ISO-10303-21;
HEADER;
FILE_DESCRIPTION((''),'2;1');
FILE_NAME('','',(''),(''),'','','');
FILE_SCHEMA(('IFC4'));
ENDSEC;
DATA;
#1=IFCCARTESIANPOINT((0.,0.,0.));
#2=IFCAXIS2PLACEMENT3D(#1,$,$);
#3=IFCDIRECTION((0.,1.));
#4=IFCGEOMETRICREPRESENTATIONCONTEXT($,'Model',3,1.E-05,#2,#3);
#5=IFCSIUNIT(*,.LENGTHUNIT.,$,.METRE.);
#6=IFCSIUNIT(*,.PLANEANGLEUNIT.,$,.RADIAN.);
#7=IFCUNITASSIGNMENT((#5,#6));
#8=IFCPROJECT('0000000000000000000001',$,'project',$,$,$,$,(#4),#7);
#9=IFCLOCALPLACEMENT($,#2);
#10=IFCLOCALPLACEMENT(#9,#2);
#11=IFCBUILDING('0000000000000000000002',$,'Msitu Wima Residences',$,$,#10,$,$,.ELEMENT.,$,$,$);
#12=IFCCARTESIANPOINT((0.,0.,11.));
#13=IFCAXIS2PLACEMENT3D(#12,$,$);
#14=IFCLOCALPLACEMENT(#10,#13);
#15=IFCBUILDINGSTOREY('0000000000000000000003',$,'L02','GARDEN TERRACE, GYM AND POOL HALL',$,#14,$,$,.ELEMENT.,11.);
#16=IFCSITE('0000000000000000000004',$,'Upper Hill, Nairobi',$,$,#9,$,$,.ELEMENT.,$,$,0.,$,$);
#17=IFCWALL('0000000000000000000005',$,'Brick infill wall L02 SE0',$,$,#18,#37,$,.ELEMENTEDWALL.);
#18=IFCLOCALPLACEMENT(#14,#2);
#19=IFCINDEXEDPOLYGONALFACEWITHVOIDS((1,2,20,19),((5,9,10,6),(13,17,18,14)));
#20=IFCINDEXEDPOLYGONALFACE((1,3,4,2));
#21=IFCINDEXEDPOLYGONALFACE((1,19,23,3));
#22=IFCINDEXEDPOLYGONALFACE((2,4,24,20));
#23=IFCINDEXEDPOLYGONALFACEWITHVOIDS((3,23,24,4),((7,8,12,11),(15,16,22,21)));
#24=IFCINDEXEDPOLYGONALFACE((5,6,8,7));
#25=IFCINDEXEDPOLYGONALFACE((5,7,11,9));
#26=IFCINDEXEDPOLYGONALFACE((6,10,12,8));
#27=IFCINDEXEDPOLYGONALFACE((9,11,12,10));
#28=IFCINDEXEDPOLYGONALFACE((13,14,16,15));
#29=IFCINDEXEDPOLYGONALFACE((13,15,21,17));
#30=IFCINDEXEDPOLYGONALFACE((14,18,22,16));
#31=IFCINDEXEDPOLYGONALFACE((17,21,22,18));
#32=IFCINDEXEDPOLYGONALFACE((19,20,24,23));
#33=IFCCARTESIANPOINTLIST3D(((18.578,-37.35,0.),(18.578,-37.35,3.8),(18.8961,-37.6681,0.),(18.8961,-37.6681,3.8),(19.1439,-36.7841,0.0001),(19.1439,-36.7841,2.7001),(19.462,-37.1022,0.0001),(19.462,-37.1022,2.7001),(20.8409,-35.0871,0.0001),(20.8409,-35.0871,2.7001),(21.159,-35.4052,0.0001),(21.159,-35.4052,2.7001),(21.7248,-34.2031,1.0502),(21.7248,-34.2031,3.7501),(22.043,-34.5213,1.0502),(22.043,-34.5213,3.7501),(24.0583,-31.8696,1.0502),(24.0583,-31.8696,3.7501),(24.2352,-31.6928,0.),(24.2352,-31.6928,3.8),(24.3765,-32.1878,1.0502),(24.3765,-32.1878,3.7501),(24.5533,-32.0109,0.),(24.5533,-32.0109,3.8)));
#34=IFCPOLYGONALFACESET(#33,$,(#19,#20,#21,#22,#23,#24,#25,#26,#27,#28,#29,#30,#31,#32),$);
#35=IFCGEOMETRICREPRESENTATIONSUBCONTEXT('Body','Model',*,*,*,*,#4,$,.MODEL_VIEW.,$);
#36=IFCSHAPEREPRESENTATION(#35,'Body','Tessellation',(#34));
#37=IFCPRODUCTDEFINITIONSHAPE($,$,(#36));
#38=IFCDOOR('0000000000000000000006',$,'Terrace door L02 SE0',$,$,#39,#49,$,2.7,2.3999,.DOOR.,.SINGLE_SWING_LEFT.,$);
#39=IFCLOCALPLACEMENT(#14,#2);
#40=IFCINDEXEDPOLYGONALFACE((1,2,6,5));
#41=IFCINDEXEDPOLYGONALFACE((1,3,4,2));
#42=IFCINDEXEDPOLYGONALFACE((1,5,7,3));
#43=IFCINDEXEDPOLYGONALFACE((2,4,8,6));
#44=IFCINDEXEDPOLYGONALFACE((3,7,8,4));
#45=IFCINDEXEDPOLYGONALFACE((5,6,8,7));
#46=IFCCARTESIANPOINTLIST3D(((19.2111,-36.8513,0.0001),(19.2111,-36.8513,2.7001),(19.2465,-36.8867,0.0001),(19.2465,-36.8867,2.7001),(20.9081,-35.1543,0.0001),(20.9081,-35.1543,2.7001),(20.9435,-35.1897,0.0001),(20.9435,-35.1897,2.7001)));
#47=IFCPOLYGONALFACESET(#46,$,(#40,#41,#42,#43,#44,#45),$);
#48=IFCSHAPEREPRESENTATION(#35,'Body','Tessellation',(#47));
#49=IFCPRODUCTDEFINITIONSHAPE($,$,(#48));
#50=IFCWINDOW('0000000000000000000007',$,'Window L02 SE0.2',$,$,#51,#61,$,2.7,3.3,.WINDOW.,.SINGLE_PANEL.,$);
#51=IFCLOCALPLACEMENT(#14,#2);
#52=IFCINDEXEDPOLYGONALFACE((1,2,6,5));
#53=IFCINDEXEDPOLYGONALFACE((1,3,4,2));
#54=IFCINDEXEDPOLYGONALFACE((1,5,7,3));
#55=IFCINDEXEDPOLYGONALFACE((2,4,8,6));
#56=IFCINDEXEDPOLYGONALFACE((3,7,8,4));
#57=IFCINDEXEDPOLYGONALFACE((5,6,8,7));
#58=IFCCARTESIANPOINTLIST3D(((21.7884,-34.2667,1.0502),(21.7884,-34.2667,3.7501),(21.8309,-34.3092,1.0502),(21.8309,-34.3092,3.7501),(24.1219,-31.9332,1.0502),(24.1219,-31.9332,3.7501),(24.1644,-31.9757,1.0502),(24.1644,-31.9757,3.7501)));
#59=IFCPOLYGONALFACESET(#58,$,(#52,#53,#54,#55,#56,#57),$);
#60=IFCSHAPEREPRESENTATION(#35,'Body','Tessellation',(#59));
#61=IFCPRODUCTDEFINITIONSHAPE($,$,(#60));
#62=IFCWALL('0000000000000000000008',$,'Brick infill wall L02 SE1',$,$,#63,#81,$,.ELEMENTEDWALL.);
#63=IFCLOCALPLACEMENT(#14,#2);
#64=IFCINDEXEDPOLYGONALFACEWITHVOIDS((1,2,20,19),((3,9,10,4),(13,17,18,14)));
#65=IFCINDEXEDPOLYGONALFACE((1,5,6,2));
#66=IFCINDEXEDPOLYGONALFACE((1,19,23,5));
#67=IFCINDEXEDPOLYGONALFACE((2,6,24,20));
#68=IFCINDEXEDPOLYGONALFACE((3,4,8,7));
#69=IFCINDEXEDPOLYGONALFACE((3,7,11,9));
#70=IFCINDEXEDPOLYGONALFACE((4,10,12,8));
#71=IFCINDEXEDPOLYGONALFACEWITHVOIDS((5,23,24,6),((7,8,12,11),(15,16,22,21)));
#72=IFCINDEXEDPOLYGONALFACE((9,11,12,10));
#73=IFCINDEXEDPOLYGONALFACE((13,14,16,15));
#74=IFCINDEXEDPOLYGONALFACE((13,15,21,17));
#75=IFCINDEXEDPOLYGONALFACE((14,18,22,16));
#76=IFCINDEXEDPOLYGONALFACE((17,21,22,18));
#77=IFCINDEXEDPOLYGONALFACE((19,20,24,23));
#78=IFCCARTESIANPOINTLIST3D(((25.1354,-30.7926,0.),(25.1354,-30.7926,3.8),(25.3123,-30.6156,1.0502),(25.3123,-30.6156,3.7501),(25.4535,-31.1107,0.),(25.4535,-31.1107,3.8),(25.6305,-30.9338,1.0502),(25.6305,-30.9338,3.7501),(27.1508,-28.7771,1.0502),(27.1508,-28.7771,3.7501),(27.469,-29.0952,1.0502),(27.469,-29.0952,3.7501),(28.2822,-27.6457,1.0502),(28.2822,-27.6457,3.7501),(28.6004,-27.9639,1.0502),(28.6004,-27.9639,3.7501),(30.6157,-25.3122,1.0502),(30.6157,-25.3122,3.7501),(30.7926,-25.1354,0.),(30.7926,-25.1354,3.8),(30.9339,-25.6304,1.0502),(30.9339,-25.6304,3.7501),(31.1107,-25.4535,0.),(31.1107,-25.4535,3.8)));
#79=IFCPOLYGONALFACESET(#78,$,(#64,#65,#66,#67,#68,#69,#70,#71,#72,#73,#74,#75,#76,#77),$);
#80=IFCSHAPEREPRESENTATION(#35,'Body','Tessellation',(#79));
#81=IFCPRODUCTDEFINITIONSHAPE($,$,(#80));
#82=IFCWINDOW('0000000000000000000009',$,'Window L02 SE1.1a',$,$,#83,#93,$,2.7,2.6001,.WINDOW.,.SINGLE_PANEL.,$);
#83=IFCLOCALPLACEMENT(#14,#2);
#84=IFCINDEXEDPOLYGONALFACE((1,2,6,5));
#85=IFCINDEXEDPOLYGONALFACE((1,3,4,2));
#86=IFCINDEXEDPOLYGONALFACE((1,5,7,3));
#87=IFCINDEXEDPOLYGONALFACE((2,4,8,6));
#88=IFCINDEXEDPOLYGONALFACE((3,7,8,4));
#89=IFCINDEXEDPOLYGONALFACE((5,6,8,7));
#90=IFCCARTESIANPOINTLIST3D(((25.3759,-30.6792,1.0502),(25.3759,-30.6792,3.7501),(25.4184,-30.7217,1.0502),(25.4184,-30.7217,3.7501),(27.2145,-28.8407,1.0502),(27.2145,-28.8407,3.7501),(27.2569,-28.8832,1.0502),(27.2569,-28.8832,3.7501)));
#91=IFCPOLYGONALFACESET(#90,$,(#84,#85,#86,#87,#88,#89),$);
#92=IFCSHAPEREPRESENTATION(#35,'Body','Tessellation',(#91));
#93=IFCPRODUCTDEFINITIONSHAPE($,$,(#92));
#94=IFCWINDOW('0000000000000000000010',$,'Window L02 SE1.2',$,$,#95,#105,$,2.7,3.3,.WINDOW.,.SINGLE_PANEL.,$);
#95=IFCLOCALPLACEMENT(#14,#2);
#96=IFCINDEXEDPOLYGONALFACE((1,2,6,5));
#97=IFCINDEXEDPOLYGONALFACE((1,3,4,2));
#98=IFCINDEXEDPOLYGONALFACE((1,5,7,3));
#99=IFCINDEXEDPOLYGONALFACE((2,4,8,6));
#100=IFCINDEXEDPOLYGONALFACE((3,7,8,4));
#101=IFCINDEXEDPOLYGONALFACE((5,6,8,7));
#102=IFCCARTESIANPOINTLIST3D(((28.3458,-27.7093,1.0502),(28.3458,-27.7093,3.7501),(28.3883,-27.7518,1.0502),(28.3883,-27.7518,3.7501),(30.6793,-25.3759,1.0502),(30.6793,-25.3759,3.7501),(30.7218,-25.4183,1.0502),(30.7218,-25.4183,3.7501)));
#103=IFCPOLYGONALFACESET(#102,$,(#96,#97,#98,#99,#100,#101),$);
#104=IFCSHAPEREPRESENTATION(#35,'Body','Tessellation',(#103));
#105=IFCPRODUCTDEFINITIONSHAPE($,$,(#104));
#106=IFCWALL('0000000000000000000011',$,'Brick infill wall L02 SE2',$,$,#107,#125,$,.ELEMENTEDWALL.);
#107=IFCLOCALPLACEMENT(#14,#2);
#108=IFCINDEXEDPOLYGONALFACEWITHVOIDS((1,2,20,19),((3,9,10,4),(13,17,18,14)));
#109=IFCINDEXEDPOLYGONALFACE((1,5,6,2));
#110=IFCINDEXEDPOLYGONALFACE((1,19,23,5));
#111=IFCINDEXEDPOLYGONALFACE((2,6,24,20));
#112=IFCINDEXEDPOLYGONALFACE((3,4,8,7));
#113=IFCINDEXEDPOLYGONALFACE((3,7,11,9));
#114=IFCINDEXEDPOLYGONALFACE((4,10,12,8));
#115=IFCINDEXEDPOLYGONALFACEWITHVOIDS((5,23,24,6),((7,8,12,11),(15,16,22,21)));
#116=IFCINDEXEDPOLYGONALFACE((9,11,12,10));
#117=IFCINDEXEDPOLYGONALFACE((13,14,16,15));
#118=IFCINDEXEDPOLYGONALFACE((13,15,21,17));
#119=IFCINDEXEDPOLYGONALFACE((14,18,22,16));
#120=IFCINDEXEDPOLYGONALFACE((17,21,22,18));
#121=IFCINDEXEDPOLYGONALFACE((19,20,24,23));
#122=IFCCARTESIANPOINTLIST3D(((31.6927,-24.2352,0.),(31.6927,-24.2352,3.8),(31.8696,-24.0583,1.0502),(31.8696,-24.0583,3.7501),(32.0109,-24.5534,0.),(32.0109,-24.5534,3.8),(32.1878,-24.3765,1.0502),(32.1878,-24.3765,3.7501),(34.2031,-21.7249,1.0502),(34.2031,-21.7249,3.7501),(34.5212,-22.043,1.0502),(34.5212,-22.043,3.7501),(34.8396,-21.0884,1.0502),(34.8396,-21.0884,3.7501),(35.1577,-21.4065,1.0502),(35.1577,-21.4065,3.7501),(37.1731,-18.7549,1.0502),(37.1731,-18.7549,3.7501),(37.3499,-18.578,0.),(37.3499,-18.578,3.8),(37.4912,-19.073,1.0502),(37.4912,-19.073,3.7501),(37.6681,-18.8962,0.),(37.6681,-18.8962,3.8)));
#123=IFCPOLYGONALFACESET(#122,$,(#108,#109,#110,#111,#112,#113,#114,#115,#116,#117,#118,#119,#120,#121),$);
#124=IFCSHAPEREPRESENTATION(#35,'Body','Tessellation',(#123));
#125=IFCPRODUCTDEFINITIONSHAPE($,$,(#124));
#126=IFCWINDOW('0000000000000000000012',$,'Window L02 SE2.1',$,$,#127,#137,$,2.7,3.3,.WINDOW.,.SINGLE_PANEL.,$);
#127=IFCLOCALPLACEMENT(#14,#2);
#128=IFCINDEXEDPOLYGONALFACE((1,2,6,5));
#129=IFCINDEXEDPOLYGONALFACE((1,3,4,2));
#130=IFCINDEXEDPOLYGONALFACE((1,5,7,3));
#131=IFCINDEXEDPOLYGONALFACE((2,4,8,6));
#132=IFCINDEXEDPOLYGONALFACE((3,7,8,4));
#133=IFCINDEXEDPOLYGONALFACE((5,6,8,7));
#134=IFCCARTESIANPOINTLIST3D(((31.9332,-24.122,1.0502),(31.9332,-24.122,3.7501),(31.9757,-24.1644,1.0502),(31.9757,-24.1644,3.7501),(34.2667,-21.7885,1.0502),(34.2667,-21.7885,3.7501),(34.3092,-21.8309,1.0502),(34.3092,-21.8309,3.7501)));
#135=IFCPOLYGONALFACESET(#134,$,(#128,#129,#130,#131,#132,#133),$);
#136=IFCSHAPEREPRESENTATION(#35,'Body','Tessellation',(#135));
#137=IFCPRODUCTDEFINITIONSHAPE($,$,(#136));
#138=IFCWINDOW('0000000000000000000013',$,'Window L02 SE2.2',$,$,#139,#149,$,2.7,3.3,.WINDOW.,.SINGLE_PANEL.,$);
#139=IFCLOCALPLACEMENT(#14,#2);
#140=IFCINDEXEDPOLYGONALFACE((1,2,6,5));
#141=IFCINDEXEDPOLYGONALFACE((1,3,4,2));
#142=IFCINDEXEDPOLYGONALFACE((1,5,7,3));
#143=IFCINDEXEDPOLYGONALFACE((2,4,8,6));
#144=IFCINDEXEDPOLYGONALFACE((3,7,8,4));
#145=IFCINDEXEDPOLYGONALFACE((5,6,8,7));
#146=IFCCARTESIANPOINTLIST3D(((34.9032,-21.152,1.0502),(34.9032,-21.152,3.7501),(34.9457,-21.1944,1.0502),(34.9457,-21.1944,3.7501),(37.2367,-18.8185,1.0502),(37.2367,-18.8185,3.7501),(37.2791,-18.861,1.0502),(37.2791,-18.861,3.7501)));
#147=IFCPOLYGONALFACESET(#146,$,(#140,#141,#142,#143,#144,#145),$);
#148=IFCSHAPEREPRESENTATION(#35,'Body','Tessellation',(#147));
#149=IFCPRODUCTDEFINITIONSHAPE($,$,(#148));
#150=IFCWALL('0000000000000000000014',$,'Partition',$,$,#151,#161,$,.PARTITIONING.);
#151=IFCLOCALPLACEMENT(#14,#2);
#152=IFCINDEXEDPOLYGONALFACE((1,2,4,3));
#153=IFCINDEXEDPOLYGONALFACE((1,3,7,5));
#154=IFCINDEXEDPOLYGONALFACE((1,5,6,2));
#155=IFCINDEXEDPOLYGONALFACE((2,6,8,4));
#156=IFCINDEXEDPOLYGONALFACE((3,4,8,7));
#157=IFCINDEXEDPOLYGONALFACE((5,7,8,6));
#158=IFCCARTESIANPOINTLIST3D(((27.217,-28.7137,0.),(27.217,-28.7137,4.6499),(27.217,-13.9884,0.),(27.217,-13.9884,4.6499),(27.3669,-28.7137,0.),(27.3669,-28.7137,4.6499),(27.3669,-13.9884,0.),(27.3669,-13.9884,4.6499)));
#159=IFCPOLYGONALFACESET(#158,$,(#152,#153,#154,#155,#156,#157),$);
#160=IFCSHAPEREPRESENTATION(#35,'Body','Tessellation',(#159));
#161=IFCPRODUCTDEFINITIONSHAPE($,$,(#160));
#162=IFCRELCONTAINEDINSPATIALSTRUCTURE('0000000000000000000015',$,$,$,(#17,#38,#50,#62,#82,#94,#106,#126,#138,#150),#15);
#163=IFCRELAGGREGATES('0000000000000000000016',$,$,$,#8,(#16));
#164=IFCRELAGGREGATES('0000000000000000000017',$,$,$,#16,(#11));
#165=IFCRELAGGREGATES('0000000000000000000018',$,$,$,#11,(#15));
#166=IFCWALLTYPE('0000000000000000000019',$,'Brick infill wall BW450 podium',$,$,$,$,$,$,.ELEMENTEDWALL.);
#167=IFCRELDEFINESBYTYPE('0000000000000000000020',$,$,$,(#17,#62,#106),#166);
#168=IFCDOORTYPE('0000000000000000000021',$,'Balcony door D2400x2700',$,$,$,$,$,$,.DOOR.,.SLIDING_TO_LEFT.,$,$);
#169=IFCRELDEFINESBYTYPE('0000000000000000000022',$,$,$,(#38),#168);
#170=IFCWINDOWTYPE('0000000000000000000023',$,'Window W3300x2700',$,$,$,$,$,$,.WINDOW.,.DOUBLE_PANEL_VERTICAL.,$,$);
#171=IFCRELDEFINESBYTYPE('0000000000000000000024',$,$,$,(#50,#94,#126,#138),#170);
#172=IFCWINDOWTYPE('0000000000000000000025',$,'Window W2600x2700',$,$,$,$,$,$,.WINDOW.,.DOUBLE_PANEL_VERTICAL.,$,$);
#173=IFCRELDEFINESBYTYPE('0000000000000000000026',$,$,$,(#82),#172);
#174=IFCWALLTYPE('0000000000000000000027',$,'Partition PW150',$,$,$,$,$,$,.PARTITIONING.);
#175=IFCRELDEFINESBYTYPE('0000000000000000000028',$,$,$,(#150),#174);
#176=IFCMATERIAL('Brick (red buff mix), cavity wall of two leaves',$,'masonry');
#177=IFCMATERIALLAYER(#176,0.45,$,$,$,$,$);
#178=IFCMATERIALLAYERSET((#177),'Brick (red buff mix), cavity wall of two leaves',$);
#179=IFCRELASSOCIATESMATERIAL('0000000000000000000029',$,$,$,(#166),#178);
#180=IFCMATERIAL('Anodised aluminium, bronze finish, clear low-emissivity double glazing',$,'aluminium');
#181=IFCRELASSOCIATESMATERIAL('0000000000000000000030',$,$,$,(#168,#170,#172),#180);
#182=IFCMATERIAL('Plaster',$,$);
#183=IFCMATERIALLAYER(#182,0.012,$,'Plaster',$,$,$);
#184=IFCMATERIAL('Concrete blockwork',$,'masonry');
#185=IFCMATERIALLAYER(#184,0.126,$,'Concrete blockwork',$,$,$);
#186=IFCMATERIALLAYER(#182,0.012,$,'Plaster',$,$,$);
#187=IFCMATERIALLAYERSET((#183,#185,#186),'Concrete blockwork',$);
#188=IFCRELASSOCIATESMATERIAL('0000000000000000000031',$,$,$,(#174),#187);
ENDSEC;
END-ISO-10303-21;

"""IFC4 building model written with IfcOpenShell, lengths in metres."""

from ifc_helpers import new_model, si_unit, direction, frame, frame_2d, origin, place, context, subcontext, project, spatial, rectangle, extrude, material, layer, layer_set, type_object, element, fill, save


model = new_model("IFC4")

# Units and contexts
model_context = context("Model", 3, precision=1e-05, world=origin(), true_north=direction((0.0, 1.0)))
body_context = subcontext(model_context, "Body", "Model", "MODEL_VIEW")
ifc_project = project(units=[si_unit("LENGTHUNIT", "METRE"), si_unit("PLANEANGLEUNIT", "RADIAN")], contexts=[model_context])

# Site, building, storey
site_placement = place(None, origin())
site = spatial("IfcSite", under=ifc_project, at=site_placement, Name="Upper Hill, Nairobi", CompositionType="ELEMENT", RefElevation=0.0)
building_placement = place(site_placement, origin())
building = spatial("IfcBuilding", under=site, at=building_placement, Name="Msitu Wima Residences", CompositionType="ELEMENT")
storey_placement = place(building_placement, frame((0.0, 0.0, 11.0)))
storey = spatial("IfcBuildingStorey", under=building, at=storey_placement, Name="L02", Description="GARDEN TERRACE, GYM AND POOL HALL", CompositionType="ELEMENT", Elevation=11.0)

# Shared definitions
ifc_material_1 = material(Name="Anodised aluminium, bronze finish, clear low-emissivity double glazing", Category="aluminium")

# Wall, openings, door, window
ifc_material_2 = material(Name="Brick (red buff mix), cavity wall of two leaves", Category="masonry")
ifc_layer_1 = layer(ifc_material_2, 0.45)
ifc_layer_set_1 = layer_set([ifc_layer_1], Name="Brick (red buff mix), cavity wall of two leaves")
wall_type_1 = type_object("IfcWallType", Name="Brick infill wall BW450 podium", PredefinedType="ELEMENTEDWALL", material=ifc_layer_set_1)
wall_1_placement = place(storey_placement, frame((18.7371, -37.509, 0.0), z_axis=(0.0, 0.0, 1.0), x_axis=(0.707107, 0.707107, 0.0)))
wall_1 = element("IfcWall", 1, at=wall_1_placement, inside=storey, type_object=wall_type_1, Name="Brick infill wall L02 SE0", PredefinedType="ELEMENTEDWALL", context=body_context, shape_type="SweptSolid", body=[
    extrude(rectangle(XDim=8.0005, YDim=0.45, at=frame_2d((4.0002, 0.0))), origin(), (0.0, 0.0, 1.0), 3.8),
])
opening_1_placement = place(wall_1_placement, frame((0.8003, 0.0, 0.0)))
opening_1 = element("IfcOpeningElement", 2, at=opening_1_placement, cuts=wall_1, PredefinedType="OPENING", context=body_context, shape_type="SweptSolid", body=[
    extrude(rectangle(XDim=2.3999, YDim=2.7, at=frame_2d((1.2, 1.3501))), frame((0.0, 0.2349, 0.0), z_axis=(0.0, -1.0, 0.0), x_axis=(1.0, 0.0, 0.0)), (0.0, 0.0, 1.0), 0.47),
])
opening_2_placement = place(wall_1_placement, frame((4.4504, 0.0, 1.05)))
opening_2 = element("IfcOpeningElement", 3, at=opening_2_placement, cuts=wall_1, PredefinedType="OPENING", context=body_context, shape_type="SweptSolid", body=[
    extrude(rectangle(XDim=3.3, YDim=2.7, at=frame_2d((1.6499, 1.3501))), frame((0.0, 0.2349, 0.0), z_axis=(0.0, -1.0, 0.0), x_axis=(1.0, 0.0, 0.0)), (0.0, 0.0, 1.0), 0.47),
])
door_type = type_object("IfcDoorType", Name="Balcony door D2400x2700", OperationType="SLIDING_TO_LEFT", PredefinedType="DOOR", material=ifc_material_1)
door_placement = place(opening_1_placement, origin())
door = element("IfcDoor", 4, at=door_placement, inside=storey, type_object=door_type, Name="Terrace door L02 SE0", OperationType="SINGLE_SWING_LEFT", OverallHeight=2.7, OverallWidth=2.3999, PredefinedType="DOOR", context=body_context, shape_type="SweptSolid", body=[
    extrude(rectangle(XDim=2.3999, YDim=2.7, at=frame_2d((1.2, 1.3501))), frame((0.0, 0.1299, 0.0), z_axis=(0.0, -1.0, 0.0), x_axis=(1.0, 0.0, 0.0)), (0.0, 0.0, 1.0), 0.05),
])
fill(opening_1, door)
window_type_1 = type_object("IfcWindowType", Name="Window W3300x2700", PartitioningType="DOUBLE_PANEL_VERTICAL", PredefinedType="WINDOW", material=ifc_material_1)
window_1_placement = place(opening_2_placement, origin())
window_1 = element("IfcWindow", 5, at=window_1_placement, inside=storey, type_object=window_type_1, Name="Window L02 SE0.2", OverallHeight=2.7, OverallWidth=3.3, PartitioningType="SINGLE_PANEL", PredefinedType="WINDOW", context=body_context, shape_type="SweptSolid", body=[
    extrude(rectangle(XDim=3.3, YDim=2.7, at=frame_2d((1.6499, 1.3501))), frame((0.0, 0.135, 0.0), z_axis=(0.0, -1.0, 0.0), x_axis=(1.0, 0.0, 0.0)), (0.0, 0.0, 1.0), 0.0601),
])
fill(opening_2, window_1)

# Walls, openings, windows
wall_2_placement = place(storey_placement, frame((25.2944, -30.9517, 0.0), z_axis=(0.0, 0.0, 1.0), x_axis=(0.707107, 0.707107, 0.0)))
wall_2 = element("IfcWall", 6, at=wall_2_placement, inside=storey, type_object=wall_type_1, Name="Brick infill wall L02 SE1", PredefinedType="ELEMENTEDWALL", context=body_context, shape_type="SweptSolid", body=[
    extrude(rectangle(XDim=8.0005, YDim=0.45, at=frame_2d((4.0002, 0.0))), origin(), (0.0, 0.0, 1.0), 3.8),
])
opening_3_placement = place(wall_2_placement, frame((0.2502, 0.0, 1.05)))
opening_3 = element("IfcOpeningElement", 7, at=opening_3_placement, cuts=wall_2, PredefinedType="OPENING", context=body_context, shape_type="SweptSolid", body=[
    extrude(rectangle(XDim=2.6001, YDim=2.7, at=frame_2d((1.3, 1.3501))), frame((0.0, 0.2349, 0.0), z_axis=(0.0, -1.0, 0.0), x_axis=(1.0, 0.0, 0.0)), (0.0, 0.0, 1.0), 0.47),
])
opening_4_placement = place(wall_2_placement, frame((4.4504, 0.0, 1.05)))
opening_4 = element("IfcOpeningElement", 8, at=opening_4_placement, cuts=wall_2, PredefinedType="OPENING", context=body_context, shape_type="SweptSolid", body=[
    extrude(rectangle(XDim=3.3, YDim=2.7, at=frame_2d((1.6499, 1.3501))), frame((0.0, 0.2349, 0.0), z_axis=(0.0, -1.0, 0.0), x_axis=(1.0, 0.0, 0.0)), (0.0, 0.0, 1.0), 0.47),
])
window_type_2 = type_object("IfcWindowType", Name="Window W2600x2700", PartitioningType="DOUBLE_PANEL_VERTICAL", PredefinedType="WINDOW", material=ifc_material_1)
window_2_placement = place(opening_3_placement, origin())
window_2 = element("IfcWindow", 9, at=window_2_placement, inside=storey, type_object=window_type_2, Name="Window L02 SE1.1a", OverallHeight=2.7, OverallWidth=2.6001, PartitioningType="SINGLE_PANEL", PredefinedType="WINDOW", context=body_context, shape_type="SweptSolid", body=[
    extrude(rectangle(XDim=2.6001, YDim=2.7, at=frame_2d((1.3, 1.3501))), frame((0.0, 0.135, 0.0), z_axis=(0.0, -1.0, 0.0), x_axis=(1.0, 0.0, 0.0)), (0.0, 0.0, 1.0), 0.0601),
])
fill(opening_3, window_2)
window_3_placement = place(opening_4_placement, origin())
window_3 = element("IfcWindow", 10, at=window_3_placement, inside=storey, type_object=window_type_1, Name="Window L02 SE1.2", OverallHeight=2.7, OverallWidth=3.3, PartitioningType="SINGLE_PANEL", PredefinedType="WINDOW", context=body_context, shape_type="SweptSolid", body=[
    extrude(rectangle(XDim=3.3, YDim=2.7, at=frame_2d((1.6499, 1.3501))), frame((0.0, 0.135, 0.0), z_axis=(0.0, -1.0, 0.0), x_axis=(1.0, 0.0, 0.0)), (0.0, 0.0, 1.0), 0.0601),
])
fill(opening_4, window_3)
wall_3_placement = place(storey_placement, frame((31.8518, -24.3943, 0.0), z_axis=(0.0, 0.0, 1.0), x_axis=(0.707107, 0.707107, 0.0)))
wall_3 = element("IfcWall", 11, at=wall_3_placement, inside=storey, type_object=wall_type_1, Name="Brick infill wall L02 SE2", PredefinedType="ELEMENTEDWALL", context=body_context, shape_type="SweptSolid", body=[
    extrude(rectangle(XDim=8.0005, YDim=0.45, at=frame_2d((4.0002, 0.0))), origin(), (0.0, 0.0, 1.0), 3.8),
])
opening_5_placement = place(wall_3_placement, frame((0.2502, 0.0, 1.05)))
opening_5 = element("IfcOpeningElement", 12, at=opening_5_placement, cuts=wall_3, PredefinedType="OPENING", context=body_context, shape_type="SweptSolid", body=[
    extrude(rectangle(XDim=3.3, YDim=2.7, at=frame_2d((1.6499, 1.3501))), frame((0.0, 0.2349, 0.0), z_axis=(0.0, -1.0, 0.0), x_axis=(1.0, 0.0, 0.0)), (0.0, 0.0, 1.0), 0.47),
])
opening_6_placement = place(wall_3_placement, frame((4.4504, 0.0, 1.05)))
opening_6 = element("IfcOpeningElement", 13, at=opening_6_placement, cuts=wall_3, PredefinedType="OPENING", context=body_context, shape_type="SweptSolid", body=[
    extrude(rectangle(XDim=3.3, YDim=2.7, at=frame_2d((1.6499, 1.3501))), frame((0.0, 0.2349, 0.0), z_axis=(0.0, -1.0, 0.0), x_axis=(1.0, 0.0, 0.0)), (0.0, 0.0, 1.0), 0.47),
])
window_4_placement = place(opening_5_placement, origin())
window_4 = element("IfcWindow", 14, at=window_4_placement, inside=storey, type_object=window_type_1, Name="Window L02 SE2.1", OverallHeight=2.7, OverallWidth=3.3, PartitioningType="SINGLE_PANEL", PredefinedType="WINDOW", context=body_context, shape_type="SweptSolid", body=[
    extrude(rectangle(XDim=3.3, YDim=2.7, at=frame_2d((1.6499, 1.3501))), frame((0.0, 0.135, 0.0), z_axis=(0.0, -1.0, 0.0), x_axis=(1.0, 0.0, 0.0)), (0.0, 0.0, 1.0), 0.0601),
])
fill(opening_5, window_4)
window_5_placement = place(opening_6_placement, origin())
window_5 = element("IfcWindow", 15, at=window_5_placement, inside=storey, type_object=window_type_1, Name="Window L02 SE2.2", OverallHeight=2.7, OverallWidth=3.3, PartitioningType="SINGLE_PANEL", PredefinedType="WINDOW", context=body_context, shape_type="SweptSolid", body=[
    extrude(rectangle(XDim=3.3, YDim=2.7, at=frame_2d((1.6499, 1.3501))), frame((0.0, 0.135, 0.0), z_axis=(0.0, -1.0, 0.0), x_axis=(1.0, 0.0, 0.0)), (0.0, 0.0, 1.0), 0.0601),
])
fill(opening_6, window_5)

# Wall
ifc_material_3 = material(Name="Plaster")
ifc_layer_2 = layer(ifc_material_3, 0.012, Name="Plaster")
ifc_material_4 = material(Name="Concrete blockwork", Category="masonry")
ifc_layer_3 = layer(ifc_material_4, 0.126, Name="Concrete blockwork")
ifc_layer_4 = layer(ifc_material_3, 0.012, Name="Plaster")
ifc_layer_set_2 = layer_set([ifc_layer_2, ifc_layer_3, ifc_layer_4], Name="Concrete blockwork")
wall_type_2 = type_object("IfcWallType", Name="Partition PW150", PredefinedType="PARTITIONING", material=ifc_layer_set_2)
wall_4_placement = place(storey_placement, frame((27.292, -28.7139, 0.0), z_axis=(0.0, 0.0, 1.0), x_axis=(0.0, 1.0, 0.0)))
element("IfcWall", 16, at=wall_4_placement, inside=storey, type_object=wall_type_2, Name="Partition", PredefinedType="PARTITIONING", context=body_context, shape_type="SweptSolid", body=[
    extrude(rectangle(XDim=14.7253, YDim=0.1499, at=frame_2d((7.3628, 0.0))), origin(), (0.0, 0.0, 1.0), 4.6499),
])

save(model, "model.ifc")
